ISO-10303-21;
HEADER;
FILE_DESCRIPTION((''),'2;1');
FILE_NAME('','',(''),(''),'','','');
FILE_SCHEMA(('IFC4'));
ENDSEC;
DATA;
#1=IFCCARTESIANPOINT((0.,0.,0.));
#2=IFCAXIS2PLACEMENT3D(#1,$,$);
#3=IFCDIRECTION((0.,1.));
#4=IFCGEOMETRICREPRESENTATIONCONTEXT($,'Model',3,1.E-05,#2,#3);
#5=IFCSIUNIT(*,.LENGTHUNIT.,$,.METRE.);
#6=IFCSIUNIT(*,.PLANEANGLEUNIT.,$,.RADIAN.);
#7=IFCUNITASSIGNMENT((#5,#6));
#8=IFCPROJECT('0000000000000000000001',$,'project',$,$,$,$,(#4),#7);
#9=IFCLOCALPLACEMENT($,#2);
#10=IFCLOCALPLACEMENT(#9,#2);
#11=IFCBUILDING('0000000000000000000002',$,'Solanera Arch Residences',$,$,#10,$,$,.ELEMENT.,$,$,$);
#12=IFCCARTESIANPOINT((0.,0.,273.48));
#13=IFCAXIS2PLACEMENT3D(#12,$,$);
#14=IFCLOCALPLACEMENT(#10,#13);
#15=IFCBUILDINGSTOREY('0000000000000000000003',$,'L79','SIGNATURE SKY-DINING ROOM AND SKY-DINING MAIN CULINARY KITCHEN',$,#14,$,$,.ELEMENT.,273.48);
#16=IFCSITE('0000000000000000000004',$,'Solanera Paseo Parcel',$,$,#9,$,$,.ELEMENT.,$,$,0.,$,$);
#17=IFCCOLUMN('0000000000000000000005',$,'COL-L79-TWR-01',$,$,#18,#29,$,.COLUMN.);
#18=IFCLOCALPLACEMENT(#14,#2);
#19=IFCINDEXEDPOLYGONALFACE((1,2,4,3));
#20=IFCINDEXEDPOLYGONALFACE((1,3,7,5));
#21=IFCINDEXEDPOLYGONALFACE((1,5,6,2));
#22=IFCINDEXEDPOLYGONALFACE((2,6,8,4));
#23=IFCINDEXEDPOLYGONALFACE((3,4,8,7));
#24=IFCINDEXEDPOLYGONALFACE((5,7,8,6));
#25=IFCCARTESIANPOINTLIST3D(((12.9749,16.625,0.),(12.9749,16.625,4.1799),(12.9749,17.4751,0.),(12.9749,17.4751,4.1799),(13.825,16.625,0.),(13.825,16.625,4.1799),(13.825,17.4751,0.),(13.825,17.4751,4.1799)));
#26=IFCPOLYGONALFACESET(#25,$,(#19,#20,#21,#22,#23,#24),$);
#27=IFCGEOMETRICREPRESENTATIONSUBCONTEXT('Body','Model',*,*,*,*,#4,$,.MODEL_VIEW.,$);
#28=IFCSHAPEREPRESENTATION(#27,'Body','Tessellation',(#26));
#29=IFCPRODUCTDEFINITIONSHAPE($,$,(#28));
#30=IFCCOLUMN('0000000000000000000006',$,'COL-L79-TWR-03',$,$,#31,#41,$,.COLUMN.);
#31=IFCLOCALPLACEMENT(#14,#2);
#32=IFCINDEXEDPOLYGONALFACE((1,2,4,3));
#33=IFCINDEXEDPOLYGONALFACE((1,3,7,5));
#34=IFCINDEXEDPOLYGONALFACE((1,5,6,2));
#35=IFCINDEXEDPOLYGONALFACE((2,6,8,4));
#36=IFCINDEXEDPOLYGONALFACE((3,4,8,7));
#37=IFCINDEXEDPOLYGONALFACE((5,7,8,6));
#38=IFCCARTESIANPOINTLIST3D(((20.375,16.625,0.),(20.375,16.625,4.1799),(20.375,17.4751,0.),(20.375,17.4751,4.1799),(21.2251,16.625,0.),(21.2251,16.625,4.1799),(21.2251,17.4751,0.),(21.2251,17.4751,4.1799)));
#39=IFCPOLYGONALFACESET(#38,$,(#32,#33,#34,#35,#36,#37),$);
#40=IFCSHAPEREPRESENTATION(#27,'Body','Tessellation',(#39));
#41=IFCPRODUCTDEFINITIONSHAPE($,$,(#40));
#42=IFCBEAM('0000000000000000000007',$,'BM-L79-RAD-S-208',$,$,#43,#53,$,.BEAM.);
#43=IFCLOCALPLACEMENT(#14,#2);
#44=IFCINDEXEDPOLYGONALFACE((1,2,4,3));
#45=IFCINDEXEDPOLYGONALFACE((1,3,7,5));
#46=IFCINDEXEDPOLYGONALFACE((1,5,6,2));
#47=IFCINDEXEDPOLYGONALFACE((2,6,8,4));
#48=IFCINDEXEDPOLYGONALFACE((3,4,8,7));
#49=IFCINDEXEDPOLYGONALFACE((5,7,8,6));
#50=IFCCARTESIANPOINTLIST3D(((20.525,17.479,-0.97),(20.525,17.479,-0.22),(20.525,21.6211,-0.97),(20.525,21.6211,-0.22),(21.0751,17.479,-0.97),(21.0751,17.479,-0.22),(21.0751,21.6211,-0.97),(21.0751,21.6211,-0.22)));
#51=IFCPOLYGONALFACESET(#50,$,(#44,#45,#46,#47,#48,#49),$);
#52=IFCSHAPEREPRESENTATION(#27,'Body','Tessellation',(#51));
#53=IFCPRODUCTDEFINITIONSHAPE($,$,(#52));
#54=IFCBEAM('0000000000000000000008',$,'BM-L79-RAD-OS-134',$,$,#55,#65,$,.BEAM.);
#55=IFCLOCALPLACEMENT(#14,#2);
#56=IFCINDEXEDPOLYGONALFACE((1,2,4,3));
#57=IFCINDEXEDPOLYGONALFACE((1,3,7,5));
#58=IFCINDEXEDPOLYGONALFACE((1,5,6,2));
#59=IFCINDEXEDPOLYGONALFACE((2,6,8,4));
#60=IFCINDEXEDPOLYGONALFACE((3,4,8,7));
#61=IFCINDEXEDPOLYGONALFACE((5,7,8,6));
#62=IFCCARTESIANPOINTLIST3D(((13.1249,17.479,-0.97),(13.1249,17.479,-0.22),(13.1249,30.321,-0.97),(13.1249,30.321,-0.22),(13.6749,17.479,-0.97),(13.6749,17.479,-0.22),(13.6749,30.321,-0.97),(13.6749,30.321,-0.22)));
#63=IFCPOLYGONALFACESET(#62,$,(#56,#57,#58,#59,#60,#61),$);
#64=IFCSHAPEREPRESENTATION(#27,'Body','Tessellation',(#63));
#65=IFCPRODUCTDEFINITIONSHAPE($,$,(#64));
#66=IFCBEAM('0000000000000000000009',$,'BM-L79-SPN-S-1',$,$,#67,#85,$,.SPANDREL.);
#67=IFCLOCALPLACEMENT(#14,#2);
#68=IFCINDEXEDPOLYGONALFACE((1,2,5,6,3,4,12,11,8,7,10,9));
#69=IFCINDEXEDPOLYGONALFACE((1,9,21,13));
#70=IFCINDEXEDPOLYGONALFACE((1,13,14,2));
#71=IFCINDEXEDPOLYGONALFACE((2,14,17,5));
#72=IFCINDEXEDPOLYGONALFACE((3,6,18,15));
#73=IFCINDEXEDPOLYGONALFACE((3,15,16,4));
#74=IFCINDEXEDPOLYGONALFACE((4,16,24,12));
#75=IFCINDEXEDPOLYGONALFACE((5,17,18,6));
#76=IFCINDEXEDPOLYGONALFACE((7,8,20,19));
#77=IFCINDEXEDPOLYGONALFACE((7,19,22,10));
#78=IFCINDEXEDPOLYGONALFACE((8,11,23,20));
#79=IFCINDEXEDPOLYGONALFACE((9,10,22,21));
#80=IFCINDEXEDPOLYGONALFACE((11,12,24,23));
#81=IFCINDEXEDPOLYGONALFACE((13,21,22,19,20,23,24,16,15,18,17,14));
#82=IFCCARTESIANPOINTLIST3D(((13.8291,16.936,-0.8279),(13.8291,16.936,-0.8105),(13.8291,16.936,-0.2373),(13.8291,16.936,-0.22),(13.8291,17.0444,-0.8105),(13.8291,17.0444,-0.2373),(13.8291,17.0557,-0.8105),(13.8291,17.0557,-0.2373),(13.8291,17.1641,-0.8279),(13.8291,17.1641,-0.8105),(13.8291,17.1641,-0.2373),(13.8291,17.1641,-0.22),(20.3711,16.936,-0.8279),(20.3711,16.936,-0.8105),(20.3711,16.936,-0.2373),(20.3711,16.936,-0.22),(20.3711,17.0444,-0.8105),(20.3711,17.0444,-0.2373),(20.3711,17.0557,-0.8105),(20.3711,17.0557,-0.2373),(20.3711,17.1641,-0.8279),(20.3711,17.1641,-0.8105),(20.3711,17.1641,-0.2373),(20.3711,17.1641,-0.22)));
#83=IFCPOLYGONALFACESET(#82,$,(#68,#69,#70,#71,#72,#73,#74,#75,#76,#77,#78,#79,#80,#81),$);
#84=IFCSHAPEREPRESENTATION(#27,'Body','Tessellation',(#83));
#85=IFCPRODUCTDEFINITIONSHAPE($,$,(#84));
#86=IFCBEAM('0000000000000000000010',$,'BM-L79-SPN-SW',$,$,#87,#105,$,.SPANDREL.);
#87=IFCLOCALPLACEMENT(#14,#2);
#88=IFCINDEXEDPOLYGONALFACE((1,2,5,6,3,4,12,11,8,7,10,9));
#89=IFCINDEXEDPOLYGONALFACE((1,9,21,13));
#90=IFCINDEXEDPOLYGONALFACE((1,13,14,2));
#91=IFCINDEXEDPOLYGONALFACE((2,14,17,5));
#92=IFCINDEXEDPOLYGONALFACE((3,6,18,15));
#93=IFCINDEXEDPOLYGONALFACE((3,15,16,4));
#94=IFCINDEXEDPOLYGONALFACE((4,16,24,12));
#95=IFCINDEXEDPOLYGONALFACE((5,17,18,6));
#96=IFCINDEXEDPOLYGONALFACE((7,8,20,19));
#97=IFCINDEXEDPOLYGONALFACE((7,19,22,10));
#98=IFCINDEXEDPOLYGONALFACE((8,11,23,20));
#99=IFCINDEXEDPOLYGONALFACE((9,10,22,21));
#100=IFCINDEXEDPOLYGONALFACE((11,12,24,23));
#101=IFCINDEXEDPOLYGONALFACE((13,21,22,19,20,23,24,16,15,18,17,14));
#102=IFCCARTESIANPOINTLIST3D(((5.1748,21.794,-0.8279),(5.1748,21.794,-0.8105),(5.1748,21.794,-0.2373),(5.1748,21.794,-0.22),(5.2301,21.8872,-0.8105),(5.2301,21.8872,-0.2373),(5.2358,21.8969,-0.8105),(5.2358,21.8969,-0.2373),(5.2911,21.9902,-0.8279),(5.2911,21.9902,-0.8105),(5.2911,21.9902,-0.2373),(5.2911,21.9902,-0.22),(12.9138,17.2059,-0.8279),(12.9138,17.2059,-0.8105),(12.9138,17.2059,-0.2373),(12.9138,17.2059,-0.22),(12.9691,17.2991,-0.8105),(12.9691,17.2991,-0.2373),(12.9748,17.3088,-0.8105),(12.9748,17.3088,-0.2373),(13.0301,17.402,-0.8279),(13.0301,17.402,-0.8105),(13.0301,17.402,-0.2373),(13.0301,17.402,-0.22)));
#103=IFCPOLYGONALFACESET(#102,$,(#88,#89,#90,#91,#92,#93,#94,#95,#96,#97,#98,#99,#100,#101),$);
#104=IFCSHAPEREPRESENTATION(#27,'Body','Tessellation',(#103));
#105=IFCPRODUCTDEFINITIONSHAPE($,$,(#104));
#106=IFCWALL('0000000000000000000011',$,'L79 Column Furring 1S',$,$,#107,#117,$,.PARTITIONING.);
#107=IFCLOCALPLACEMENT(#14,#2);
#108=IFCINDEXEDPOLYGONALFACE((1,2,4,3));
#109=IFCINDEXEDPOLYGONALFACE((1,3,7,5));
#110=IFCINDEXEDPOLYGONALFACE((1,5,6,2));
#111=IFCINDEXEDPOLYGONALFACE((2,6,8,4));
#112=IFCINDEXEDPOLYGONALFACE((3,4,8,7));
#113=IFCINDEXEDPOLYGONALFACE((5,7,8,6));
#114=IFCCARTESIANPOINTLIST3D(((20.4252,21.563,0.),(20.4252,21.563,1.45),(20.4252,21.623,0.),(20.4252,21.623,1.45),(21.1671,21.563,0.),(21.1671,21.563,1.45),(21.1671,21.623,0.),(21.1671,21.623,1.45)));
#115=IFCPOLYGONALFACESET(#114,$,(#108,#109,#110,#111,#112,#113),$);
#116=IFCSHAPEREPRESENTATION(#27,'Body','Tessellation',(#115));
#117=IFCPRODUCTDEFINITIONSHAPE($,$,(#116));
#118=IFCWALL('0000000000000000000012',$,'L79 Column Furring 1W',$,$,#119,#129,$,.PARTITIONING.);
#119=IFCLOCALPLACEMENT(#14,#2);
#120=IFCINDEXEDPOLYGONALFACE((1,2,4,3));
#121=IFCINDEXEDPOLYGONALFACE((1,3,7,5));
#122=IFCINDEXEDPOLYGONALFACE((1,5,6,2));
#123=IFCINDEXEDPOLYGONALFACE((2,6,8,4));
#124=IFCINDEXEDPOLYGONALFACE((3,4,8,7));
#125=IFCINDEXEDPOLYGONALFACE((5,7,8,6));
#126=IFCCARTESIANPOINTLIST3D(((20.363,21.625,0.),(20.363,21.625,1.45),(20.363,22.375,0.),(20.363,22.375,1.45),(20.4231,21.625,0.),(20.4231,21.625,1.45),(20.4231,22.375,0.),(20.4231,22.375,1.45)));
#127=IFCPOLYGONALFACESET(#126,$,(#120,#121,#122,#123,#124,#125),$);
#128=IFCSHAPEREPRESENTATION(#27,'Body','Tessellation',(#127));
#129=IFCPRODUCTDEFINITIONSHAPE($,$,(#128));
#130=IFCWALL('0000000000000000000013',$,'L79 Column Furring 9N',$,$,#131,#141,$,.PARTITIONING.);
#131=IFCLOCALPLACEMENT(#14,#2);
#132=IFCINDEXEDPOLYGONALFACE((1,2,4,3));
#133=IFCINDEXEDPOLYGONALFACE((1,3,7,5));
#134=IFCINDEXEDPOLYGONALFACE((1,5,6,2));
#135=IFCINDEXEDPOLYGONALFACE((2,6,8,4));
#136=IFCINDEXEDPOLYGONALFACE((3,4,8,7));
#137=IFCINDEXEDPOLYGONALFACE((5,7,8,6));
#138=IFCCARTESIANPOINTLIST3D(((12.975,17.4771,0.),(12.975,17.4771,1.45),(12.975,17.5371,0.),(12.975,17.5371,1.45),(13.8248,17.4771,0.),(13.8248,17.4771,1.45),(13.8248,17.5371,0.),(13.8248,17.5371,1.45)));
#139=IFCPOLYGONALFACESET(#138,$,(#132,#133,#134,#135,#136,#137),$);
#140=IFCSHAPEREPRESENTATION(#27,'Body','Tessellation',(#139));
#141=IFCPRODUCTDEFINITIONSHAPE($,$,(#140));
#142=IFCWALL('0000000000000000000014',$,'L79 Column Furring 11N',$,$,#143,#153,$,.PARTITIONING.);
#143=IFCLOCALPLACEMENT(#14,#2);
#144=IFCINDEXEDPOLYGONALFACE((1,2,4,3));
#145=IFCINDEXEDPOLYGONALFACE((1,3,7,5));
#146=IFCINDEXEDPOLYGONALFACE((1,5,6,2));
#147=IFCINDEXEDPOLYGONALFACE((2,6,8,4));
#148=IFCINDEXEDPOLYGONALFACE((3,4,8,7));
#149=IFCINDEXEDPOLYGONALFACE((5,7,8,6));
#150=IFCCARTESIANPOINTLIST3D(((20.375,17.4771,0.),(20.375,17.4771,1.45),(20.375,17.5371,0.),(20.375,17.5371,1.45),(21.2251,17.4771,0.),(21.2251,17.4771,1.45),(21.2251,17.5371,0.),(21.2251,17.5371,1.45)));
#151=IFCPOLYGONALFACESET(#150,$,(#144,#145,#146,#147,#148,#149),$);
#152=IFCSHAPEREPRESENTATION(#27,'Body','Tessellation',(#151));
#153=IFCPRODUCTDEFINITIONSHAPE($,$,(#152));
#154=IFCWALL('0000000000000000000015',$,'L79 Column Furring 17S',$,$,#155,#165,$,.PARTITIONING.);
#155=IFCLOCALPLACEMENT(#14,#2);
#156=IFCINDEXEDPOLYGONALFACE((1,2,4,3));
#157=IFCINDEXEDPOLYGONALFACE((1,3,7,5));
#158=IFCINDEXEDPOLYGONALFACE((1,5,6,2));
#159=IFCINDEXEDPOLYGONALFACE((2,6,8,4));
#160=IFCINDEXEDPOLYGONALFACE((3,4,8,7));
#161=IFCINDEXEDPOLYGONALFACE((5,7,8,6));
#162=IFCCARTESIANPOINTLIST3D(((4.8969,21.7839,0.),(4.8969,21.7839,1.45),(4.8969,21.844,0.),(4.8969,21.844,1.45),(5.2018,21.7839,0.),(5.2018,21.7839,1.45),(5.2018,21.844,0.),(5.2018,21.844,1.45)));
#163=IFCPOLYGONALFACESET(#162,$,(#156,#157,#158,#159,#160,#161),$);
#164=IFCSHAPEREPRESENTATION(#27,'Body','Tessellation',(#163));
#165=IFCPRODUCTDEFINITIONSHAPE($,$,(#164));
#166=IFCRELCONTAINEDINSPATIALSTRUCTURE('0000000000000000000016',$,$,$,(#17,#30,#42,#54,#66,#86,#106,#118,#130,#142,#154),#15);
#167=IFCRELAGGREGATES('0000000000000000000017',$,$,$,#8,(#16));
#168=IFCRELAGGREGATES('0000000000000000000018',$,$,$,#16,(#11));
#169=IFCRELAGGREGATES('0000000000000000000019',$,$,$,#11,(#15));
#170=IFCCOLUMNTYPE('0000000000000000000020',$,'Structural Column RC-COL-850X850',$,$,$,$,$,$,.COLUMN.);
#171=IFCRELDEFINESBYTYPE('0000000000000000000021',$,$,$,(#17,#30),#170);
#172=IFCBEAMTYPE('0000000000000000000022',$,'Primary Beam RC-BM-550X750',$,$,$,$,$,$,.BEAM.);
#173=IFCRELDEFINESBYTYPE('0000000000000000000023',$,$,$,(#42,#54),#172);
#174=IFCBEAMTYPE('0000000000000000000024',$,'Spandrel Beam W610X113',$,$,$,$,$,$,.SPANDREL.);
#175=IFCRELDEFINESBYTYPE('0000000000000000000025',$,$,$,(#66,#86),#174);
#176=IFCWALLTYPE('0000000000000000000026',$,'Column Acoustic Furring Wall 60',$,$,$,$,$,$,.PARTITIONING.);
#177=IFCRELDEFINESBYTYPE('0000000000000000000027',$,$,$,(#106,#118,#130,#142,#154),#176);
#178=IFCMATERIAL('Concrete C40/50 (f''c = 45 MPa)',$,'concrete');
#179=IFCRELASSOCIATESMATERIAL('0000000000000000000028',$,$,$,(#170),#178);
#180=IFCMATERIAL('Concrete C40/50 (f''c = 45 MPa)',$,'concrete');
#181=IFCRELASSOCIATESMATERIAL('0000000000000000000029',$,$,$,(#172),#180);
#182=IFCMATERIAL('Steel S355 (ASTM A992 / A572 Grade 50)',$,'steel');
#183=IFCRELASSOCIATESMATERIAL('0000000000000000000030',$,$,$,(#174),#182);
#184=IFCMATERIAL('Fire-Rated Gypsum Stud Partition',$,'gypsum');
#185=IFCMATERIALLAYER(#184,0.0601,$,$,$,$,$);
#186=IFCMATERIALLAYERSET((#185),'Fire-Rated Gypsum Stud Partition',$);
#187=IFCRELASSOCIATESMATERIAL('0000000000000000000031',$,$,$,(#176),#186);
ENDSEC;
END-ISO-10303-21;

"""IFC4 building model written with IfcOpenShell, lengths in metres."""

from ifc_helpers import new_model, si_unit, direction, frame, frame_2d, origin, origin_2d, place, context, subcontext, project, spatial, rectangle, i_section, extrude, material, layer, layer_set, material_profile, profile_set, type_object, element, save


model = new_model("IFC4")

# Units and contexts
model_context = context("Model", 3, precision=1e-05, world=origin(), true_north=direction((0.0, 1.0)))
body_context = subcontext(model_context, "Body", "Model", "MODEL_VIEW")
ifc_project = project(units=[si_unit("LENGTHUNIT", "METRE"), si_unit("PLANEANGLEUNIT", "RADIAN")], contexts=[model_context])

# Site, building, storey
site_placement = place(None, origin())
site = spatial("IfcSite", under=ifc_project, at=site_placement, Name="Solanera Paseo Parcel", CompositionType="ELEMENT", RefElevation=0.0)
building_placement = place(site_placement, origin())
building = spatial("IfcBuilding", under=site, at=building_placement, Name="Solanera Arch Residences", CompositionType="ELEMENT")
storey_placement = place(building_placement, frame((0.0, 0.0, 273.48)))
storey = spatial("IfcBuildingStorey", under=building, at=storey_placement, Name="L79", Description="SIGNATURE SKY-DINING ROOM AND SKY-DINING MAIN CULINARY KITCHEN", CompositionType="ELEMENT", Elevation=273.48)

# Columns
ifc_material_1 = material(Name="Concrete C40/50 (f'c = 45 MPa)", Category="concrete")
ifc_material_profile_1 = material_profile(ifc_material_1, rectangle(XDim=0.8501, YDim=0.8501, at=origin_2d()))
ifc_profile_set_1 = profile_set([ifc_material_profile_1], Name="Concrete C40/50 (f'c = 45 MPa)")
column_type = type_object("IfcColumnType", Name="Structural Column RC-COL-850X850", PredefinedType="COLUMN", material=ifc_profile_set_1)
for number, where, z_axis, x_axis, name in (
    (1, (13.3999, 17.05, 0.0), (0.0, 0.0, 1.0), (1.0, 0.0, 0.0), "COL-L79-TWR-01"),
    (2, (20.8, 17.05, 0.0), (0.0, 0.0, 1.0), (1.0, 0.0, 0.0), "COL-L79-TWR-03"),
):
    element("IfcColumn", number, at=place(storey_placement, frame(where, z_axis=z_axis, x_axis=x_axis)), inside=storey, type_object=column_type, Name=name, PredefinedType="COLUMN", context=body_context, shape_type="SweptSolid", body=[
        extrude(rectangle(XDim=0.8501, YDim=0.8501, at=origin_2d()), origin(), (0.0, 0.0, 1.0), 4.1799),
    ])

# Beams
ifc_material_2 = material(Name="Concrete C40/50 (f'c = 45 MPa)", Category="concrete")
ifc_material_profile_2 = material_profile(ifc_material_2, rectangle(XDim=0.55, YDim=0.75, at=origin_2d()))
ifc_profile_set_2 = profile_set([ifc_material_profile_2], Name="Concrete C40/50 (f'c = 45 MPa)")
beam_type_1 = type_object("IfcBeamType", Name="Primary Beam RC-BM-550X750", PredefinedType="BEAM", material=ifc_profile_set_2)
beam_1_placement = place(storey_placement, frame((20.8, 17.479, -0.595), z_axis=(0.0, 1.0, 0.0), x_axis=(-1.0, 0.0, 0.0)))
element("IfcBeam", 3, at=beam_1_placement, inside=storey, type_object=beam_type_1, Name="BM-L79-RAD-S-208", PredefinedType="BEAM", context=body_context, shape_type="SweptSolid", body=[
    extrude(rectangle(XDim=0.55, YDim=0.75, at=origin_2d()), origin(), (0.0, 0.0, 1.0), 4.1421),
])
beam_2_placement = place(storey_placement, frame((13.3999, 17.479, -0.595), z_axis=(0.0, 1.0, 0.0), x_axis=(-1.0, 0.0, 0.0)))
element("IfcBeam", 4, at=beam_2_placement, inside=storey, type_object=beam_type_1, Name="BM-L79-RAD-OS-134", PredefinedType="BEAM", context=body_context, shape_type="SweptSolid", body=[
    extrude(rectangle(XDim=0.55, YDim=0.75, at=origin_2d()), origin(), (0.0, 0.0, 1.0), 12.842),
])
ifc_material_3 = material(Name="Steel S355 (ASTM A992 / A572 Grade 50)", Category="steel")
ifc_material_profile_3 = material_profile(ifc_material_3, i_section(OverallWidth=0.228, OverallDepth=0.6079, WebThickness=0.0112, FlangeThickness=0.0173, at=origin_2d()))
ifc_profile_set_3 = profile_set([ifc_material_profile_3], Name="Steel S355 (ASTM A992 / A572 Grade 50)")
beam_type_2 = type_object("IfcBeamType", Name="Spandrel Beam W610X113", PredefinedType="SPANDREL", material=ifc_profile_set_3)
beam_3_placement = place(storey_placement, frame((13.8291, 17.05, -0.5239), z_axis=(1.0, 0.0, 0.0), x_axis=(0.0, 1.0, 0.0)))
element("IfcBeam", 5, at=beam_3_placement, inside=storey, type_object=beam_type_2, Name="BM-L79-SPN-S-1", PredefinedType="SPANDREL", context=body_context, shape_type="SweptSolid", body=[
    extrude(i_section(OverallWidth=0.228, OverallDepth=0.6079, WebThickness=0.0112, FlangeThickness=0.0173, at=origin_2d()), origin(), (0.0, 0.0, 1.0), 6.542),
])
beam_4_placement = place(storey_placement, frame((12.9719, 17.304, -0.5239), z_axis=(-0.860191, 0.509971, 0.0), x_axis=(-0.509971, -0.860191, 0.0)))
element("IfcBeam", 6, at=beam_4_placement, inside=storey, type_object=beam_type_2, Name="BM-L79-SPN-SW", PredefinedType="SPANDREL", context=body_context, shape_type="SweptSolid", body=[
    extrude(i_section(OverallWidth=0.228, OverallDepth=0.6079, WebThickness=0.0112, FlangeThickness=0.0173, at=origin_2d()), origin(), (0.0, 0.0, 1.0), 8.9968),
])

# Walls
ifc_material_4 = material(Name="Fire-Rated Gypsum Stud Partition", Category="gypsum")
ifc_layer_1 = layer(ifc_material_4, 0.0601)
ifc_layer_set_1 = layer_set([ifc_layer_1], Name="Fire-Rated Gypsum Stud Partition")
wall_type_1 = type_object("IfcWallType", Name="Column Acoustic Furring Wall 60", PredefinedType="PARTITIONING", material=ifc_layer_set_1)
wall_1_placement = place(storey_placement, frame((20.425, 21.593, 0.0), z_axis=(0.0, 0.0, 1.0), x_axis=(1.0, 0.0, 0.0)))
element("IfcWall", 7, at=wall_1_placement, inside=storey, type_object=wall_type_1, Name="L79 Column Furring 1S", PredefinedType="PARTITIONING", context=body_context, shape_type="SweptSolid", body=[
    extrude(rectangle(XDim=0.7419, YDim=0.0601, at=frame_2d((0.3711, 0.0))), origin(), (0.0, 0.0, 1.0), 1.45),
])
wall_2_placement = place(storey_placement, frame((20.3931, 21.625, 0.0), z_axis=(0.0, 0.0, 1.0), x_axis=(0.0, 1.0, 0.0)))
element("IfcWall", 8, at=wall_2_placement, inside=storey, type_object=wall_type_1, Name="L79 Column Furring 1W", PredefinedType="PARTITIONING", context=body_context, shape_type="SweptSolid", body=[
    extrude(rectangle(XDim=0.75, YDim=0.0601, at=frame_2d((0.375, 0.0))), origin(), (0.0, 0.0, 1.0), 1.45),
])
wall_3_placement = place(storey_placement, frame((12.9751, 17.5071, 0.0), z_axis=(0.0, 0.0, 1.0), x_axis=(1.0, 0.0, 0.0)))
element("IfcWall", 9, at=wall_3_placement, inside=storey, type_object=wall_type_1, Name="L79 Column Furring 9N", PredefinedType="PARTITIONING", context=body_context, shape_type="SweptSolid", body=[
    extrude(rectangle(XDim=0.8499, YDim=0.0601, at=frame_2d((0.4248, 0.0))), origin(), (0.0, 0.0, 1.0), 1.45),
])
wall_4_placement = place(storey_placement, frame((20.375, 17.5071, 0.0), z_axis=(0.0, 0.0, 1.0), x_axis=(1.0, 0.0, 0.0)))
element("IfcWall", 10, at=wall_4_placement, inside=storey, type_object=wall_type_1, Name="L79 Column Furring 11N", PredefinedType="PARTITIONING", context=body_context, shape_type="SweptSolid", body=[
    extrude(rectangle(XDim=0.8501, YDim=0.0601, at=frame_2d((0.425, 0.0))), origin(), (0.0, 0.0, 1.0), 1.45),
])
wall_5_placement = place(storey_placement, frame((4.897, 21.814, 0.0), z_axis=(0.0, 0.0, 1.0), x_axis=(1.0, 0.0, 0.0)))
element("IfcWall", 11, at=wall_5_placement, inside=storey, type_object=wall_type_1, Name="L79 Column Furring 17S", PredefinedType="PARTITIONING", context=body_context, shape_type="SweptSolid", body=[
    extrude(rectangle(XDim=0.3049, YDim=0.0601, at=frame_2d((0.1523, 0.0))), origin(), (0.0, 0.0, 1.0), 1.45),
])

save(model, "model.ifc")
